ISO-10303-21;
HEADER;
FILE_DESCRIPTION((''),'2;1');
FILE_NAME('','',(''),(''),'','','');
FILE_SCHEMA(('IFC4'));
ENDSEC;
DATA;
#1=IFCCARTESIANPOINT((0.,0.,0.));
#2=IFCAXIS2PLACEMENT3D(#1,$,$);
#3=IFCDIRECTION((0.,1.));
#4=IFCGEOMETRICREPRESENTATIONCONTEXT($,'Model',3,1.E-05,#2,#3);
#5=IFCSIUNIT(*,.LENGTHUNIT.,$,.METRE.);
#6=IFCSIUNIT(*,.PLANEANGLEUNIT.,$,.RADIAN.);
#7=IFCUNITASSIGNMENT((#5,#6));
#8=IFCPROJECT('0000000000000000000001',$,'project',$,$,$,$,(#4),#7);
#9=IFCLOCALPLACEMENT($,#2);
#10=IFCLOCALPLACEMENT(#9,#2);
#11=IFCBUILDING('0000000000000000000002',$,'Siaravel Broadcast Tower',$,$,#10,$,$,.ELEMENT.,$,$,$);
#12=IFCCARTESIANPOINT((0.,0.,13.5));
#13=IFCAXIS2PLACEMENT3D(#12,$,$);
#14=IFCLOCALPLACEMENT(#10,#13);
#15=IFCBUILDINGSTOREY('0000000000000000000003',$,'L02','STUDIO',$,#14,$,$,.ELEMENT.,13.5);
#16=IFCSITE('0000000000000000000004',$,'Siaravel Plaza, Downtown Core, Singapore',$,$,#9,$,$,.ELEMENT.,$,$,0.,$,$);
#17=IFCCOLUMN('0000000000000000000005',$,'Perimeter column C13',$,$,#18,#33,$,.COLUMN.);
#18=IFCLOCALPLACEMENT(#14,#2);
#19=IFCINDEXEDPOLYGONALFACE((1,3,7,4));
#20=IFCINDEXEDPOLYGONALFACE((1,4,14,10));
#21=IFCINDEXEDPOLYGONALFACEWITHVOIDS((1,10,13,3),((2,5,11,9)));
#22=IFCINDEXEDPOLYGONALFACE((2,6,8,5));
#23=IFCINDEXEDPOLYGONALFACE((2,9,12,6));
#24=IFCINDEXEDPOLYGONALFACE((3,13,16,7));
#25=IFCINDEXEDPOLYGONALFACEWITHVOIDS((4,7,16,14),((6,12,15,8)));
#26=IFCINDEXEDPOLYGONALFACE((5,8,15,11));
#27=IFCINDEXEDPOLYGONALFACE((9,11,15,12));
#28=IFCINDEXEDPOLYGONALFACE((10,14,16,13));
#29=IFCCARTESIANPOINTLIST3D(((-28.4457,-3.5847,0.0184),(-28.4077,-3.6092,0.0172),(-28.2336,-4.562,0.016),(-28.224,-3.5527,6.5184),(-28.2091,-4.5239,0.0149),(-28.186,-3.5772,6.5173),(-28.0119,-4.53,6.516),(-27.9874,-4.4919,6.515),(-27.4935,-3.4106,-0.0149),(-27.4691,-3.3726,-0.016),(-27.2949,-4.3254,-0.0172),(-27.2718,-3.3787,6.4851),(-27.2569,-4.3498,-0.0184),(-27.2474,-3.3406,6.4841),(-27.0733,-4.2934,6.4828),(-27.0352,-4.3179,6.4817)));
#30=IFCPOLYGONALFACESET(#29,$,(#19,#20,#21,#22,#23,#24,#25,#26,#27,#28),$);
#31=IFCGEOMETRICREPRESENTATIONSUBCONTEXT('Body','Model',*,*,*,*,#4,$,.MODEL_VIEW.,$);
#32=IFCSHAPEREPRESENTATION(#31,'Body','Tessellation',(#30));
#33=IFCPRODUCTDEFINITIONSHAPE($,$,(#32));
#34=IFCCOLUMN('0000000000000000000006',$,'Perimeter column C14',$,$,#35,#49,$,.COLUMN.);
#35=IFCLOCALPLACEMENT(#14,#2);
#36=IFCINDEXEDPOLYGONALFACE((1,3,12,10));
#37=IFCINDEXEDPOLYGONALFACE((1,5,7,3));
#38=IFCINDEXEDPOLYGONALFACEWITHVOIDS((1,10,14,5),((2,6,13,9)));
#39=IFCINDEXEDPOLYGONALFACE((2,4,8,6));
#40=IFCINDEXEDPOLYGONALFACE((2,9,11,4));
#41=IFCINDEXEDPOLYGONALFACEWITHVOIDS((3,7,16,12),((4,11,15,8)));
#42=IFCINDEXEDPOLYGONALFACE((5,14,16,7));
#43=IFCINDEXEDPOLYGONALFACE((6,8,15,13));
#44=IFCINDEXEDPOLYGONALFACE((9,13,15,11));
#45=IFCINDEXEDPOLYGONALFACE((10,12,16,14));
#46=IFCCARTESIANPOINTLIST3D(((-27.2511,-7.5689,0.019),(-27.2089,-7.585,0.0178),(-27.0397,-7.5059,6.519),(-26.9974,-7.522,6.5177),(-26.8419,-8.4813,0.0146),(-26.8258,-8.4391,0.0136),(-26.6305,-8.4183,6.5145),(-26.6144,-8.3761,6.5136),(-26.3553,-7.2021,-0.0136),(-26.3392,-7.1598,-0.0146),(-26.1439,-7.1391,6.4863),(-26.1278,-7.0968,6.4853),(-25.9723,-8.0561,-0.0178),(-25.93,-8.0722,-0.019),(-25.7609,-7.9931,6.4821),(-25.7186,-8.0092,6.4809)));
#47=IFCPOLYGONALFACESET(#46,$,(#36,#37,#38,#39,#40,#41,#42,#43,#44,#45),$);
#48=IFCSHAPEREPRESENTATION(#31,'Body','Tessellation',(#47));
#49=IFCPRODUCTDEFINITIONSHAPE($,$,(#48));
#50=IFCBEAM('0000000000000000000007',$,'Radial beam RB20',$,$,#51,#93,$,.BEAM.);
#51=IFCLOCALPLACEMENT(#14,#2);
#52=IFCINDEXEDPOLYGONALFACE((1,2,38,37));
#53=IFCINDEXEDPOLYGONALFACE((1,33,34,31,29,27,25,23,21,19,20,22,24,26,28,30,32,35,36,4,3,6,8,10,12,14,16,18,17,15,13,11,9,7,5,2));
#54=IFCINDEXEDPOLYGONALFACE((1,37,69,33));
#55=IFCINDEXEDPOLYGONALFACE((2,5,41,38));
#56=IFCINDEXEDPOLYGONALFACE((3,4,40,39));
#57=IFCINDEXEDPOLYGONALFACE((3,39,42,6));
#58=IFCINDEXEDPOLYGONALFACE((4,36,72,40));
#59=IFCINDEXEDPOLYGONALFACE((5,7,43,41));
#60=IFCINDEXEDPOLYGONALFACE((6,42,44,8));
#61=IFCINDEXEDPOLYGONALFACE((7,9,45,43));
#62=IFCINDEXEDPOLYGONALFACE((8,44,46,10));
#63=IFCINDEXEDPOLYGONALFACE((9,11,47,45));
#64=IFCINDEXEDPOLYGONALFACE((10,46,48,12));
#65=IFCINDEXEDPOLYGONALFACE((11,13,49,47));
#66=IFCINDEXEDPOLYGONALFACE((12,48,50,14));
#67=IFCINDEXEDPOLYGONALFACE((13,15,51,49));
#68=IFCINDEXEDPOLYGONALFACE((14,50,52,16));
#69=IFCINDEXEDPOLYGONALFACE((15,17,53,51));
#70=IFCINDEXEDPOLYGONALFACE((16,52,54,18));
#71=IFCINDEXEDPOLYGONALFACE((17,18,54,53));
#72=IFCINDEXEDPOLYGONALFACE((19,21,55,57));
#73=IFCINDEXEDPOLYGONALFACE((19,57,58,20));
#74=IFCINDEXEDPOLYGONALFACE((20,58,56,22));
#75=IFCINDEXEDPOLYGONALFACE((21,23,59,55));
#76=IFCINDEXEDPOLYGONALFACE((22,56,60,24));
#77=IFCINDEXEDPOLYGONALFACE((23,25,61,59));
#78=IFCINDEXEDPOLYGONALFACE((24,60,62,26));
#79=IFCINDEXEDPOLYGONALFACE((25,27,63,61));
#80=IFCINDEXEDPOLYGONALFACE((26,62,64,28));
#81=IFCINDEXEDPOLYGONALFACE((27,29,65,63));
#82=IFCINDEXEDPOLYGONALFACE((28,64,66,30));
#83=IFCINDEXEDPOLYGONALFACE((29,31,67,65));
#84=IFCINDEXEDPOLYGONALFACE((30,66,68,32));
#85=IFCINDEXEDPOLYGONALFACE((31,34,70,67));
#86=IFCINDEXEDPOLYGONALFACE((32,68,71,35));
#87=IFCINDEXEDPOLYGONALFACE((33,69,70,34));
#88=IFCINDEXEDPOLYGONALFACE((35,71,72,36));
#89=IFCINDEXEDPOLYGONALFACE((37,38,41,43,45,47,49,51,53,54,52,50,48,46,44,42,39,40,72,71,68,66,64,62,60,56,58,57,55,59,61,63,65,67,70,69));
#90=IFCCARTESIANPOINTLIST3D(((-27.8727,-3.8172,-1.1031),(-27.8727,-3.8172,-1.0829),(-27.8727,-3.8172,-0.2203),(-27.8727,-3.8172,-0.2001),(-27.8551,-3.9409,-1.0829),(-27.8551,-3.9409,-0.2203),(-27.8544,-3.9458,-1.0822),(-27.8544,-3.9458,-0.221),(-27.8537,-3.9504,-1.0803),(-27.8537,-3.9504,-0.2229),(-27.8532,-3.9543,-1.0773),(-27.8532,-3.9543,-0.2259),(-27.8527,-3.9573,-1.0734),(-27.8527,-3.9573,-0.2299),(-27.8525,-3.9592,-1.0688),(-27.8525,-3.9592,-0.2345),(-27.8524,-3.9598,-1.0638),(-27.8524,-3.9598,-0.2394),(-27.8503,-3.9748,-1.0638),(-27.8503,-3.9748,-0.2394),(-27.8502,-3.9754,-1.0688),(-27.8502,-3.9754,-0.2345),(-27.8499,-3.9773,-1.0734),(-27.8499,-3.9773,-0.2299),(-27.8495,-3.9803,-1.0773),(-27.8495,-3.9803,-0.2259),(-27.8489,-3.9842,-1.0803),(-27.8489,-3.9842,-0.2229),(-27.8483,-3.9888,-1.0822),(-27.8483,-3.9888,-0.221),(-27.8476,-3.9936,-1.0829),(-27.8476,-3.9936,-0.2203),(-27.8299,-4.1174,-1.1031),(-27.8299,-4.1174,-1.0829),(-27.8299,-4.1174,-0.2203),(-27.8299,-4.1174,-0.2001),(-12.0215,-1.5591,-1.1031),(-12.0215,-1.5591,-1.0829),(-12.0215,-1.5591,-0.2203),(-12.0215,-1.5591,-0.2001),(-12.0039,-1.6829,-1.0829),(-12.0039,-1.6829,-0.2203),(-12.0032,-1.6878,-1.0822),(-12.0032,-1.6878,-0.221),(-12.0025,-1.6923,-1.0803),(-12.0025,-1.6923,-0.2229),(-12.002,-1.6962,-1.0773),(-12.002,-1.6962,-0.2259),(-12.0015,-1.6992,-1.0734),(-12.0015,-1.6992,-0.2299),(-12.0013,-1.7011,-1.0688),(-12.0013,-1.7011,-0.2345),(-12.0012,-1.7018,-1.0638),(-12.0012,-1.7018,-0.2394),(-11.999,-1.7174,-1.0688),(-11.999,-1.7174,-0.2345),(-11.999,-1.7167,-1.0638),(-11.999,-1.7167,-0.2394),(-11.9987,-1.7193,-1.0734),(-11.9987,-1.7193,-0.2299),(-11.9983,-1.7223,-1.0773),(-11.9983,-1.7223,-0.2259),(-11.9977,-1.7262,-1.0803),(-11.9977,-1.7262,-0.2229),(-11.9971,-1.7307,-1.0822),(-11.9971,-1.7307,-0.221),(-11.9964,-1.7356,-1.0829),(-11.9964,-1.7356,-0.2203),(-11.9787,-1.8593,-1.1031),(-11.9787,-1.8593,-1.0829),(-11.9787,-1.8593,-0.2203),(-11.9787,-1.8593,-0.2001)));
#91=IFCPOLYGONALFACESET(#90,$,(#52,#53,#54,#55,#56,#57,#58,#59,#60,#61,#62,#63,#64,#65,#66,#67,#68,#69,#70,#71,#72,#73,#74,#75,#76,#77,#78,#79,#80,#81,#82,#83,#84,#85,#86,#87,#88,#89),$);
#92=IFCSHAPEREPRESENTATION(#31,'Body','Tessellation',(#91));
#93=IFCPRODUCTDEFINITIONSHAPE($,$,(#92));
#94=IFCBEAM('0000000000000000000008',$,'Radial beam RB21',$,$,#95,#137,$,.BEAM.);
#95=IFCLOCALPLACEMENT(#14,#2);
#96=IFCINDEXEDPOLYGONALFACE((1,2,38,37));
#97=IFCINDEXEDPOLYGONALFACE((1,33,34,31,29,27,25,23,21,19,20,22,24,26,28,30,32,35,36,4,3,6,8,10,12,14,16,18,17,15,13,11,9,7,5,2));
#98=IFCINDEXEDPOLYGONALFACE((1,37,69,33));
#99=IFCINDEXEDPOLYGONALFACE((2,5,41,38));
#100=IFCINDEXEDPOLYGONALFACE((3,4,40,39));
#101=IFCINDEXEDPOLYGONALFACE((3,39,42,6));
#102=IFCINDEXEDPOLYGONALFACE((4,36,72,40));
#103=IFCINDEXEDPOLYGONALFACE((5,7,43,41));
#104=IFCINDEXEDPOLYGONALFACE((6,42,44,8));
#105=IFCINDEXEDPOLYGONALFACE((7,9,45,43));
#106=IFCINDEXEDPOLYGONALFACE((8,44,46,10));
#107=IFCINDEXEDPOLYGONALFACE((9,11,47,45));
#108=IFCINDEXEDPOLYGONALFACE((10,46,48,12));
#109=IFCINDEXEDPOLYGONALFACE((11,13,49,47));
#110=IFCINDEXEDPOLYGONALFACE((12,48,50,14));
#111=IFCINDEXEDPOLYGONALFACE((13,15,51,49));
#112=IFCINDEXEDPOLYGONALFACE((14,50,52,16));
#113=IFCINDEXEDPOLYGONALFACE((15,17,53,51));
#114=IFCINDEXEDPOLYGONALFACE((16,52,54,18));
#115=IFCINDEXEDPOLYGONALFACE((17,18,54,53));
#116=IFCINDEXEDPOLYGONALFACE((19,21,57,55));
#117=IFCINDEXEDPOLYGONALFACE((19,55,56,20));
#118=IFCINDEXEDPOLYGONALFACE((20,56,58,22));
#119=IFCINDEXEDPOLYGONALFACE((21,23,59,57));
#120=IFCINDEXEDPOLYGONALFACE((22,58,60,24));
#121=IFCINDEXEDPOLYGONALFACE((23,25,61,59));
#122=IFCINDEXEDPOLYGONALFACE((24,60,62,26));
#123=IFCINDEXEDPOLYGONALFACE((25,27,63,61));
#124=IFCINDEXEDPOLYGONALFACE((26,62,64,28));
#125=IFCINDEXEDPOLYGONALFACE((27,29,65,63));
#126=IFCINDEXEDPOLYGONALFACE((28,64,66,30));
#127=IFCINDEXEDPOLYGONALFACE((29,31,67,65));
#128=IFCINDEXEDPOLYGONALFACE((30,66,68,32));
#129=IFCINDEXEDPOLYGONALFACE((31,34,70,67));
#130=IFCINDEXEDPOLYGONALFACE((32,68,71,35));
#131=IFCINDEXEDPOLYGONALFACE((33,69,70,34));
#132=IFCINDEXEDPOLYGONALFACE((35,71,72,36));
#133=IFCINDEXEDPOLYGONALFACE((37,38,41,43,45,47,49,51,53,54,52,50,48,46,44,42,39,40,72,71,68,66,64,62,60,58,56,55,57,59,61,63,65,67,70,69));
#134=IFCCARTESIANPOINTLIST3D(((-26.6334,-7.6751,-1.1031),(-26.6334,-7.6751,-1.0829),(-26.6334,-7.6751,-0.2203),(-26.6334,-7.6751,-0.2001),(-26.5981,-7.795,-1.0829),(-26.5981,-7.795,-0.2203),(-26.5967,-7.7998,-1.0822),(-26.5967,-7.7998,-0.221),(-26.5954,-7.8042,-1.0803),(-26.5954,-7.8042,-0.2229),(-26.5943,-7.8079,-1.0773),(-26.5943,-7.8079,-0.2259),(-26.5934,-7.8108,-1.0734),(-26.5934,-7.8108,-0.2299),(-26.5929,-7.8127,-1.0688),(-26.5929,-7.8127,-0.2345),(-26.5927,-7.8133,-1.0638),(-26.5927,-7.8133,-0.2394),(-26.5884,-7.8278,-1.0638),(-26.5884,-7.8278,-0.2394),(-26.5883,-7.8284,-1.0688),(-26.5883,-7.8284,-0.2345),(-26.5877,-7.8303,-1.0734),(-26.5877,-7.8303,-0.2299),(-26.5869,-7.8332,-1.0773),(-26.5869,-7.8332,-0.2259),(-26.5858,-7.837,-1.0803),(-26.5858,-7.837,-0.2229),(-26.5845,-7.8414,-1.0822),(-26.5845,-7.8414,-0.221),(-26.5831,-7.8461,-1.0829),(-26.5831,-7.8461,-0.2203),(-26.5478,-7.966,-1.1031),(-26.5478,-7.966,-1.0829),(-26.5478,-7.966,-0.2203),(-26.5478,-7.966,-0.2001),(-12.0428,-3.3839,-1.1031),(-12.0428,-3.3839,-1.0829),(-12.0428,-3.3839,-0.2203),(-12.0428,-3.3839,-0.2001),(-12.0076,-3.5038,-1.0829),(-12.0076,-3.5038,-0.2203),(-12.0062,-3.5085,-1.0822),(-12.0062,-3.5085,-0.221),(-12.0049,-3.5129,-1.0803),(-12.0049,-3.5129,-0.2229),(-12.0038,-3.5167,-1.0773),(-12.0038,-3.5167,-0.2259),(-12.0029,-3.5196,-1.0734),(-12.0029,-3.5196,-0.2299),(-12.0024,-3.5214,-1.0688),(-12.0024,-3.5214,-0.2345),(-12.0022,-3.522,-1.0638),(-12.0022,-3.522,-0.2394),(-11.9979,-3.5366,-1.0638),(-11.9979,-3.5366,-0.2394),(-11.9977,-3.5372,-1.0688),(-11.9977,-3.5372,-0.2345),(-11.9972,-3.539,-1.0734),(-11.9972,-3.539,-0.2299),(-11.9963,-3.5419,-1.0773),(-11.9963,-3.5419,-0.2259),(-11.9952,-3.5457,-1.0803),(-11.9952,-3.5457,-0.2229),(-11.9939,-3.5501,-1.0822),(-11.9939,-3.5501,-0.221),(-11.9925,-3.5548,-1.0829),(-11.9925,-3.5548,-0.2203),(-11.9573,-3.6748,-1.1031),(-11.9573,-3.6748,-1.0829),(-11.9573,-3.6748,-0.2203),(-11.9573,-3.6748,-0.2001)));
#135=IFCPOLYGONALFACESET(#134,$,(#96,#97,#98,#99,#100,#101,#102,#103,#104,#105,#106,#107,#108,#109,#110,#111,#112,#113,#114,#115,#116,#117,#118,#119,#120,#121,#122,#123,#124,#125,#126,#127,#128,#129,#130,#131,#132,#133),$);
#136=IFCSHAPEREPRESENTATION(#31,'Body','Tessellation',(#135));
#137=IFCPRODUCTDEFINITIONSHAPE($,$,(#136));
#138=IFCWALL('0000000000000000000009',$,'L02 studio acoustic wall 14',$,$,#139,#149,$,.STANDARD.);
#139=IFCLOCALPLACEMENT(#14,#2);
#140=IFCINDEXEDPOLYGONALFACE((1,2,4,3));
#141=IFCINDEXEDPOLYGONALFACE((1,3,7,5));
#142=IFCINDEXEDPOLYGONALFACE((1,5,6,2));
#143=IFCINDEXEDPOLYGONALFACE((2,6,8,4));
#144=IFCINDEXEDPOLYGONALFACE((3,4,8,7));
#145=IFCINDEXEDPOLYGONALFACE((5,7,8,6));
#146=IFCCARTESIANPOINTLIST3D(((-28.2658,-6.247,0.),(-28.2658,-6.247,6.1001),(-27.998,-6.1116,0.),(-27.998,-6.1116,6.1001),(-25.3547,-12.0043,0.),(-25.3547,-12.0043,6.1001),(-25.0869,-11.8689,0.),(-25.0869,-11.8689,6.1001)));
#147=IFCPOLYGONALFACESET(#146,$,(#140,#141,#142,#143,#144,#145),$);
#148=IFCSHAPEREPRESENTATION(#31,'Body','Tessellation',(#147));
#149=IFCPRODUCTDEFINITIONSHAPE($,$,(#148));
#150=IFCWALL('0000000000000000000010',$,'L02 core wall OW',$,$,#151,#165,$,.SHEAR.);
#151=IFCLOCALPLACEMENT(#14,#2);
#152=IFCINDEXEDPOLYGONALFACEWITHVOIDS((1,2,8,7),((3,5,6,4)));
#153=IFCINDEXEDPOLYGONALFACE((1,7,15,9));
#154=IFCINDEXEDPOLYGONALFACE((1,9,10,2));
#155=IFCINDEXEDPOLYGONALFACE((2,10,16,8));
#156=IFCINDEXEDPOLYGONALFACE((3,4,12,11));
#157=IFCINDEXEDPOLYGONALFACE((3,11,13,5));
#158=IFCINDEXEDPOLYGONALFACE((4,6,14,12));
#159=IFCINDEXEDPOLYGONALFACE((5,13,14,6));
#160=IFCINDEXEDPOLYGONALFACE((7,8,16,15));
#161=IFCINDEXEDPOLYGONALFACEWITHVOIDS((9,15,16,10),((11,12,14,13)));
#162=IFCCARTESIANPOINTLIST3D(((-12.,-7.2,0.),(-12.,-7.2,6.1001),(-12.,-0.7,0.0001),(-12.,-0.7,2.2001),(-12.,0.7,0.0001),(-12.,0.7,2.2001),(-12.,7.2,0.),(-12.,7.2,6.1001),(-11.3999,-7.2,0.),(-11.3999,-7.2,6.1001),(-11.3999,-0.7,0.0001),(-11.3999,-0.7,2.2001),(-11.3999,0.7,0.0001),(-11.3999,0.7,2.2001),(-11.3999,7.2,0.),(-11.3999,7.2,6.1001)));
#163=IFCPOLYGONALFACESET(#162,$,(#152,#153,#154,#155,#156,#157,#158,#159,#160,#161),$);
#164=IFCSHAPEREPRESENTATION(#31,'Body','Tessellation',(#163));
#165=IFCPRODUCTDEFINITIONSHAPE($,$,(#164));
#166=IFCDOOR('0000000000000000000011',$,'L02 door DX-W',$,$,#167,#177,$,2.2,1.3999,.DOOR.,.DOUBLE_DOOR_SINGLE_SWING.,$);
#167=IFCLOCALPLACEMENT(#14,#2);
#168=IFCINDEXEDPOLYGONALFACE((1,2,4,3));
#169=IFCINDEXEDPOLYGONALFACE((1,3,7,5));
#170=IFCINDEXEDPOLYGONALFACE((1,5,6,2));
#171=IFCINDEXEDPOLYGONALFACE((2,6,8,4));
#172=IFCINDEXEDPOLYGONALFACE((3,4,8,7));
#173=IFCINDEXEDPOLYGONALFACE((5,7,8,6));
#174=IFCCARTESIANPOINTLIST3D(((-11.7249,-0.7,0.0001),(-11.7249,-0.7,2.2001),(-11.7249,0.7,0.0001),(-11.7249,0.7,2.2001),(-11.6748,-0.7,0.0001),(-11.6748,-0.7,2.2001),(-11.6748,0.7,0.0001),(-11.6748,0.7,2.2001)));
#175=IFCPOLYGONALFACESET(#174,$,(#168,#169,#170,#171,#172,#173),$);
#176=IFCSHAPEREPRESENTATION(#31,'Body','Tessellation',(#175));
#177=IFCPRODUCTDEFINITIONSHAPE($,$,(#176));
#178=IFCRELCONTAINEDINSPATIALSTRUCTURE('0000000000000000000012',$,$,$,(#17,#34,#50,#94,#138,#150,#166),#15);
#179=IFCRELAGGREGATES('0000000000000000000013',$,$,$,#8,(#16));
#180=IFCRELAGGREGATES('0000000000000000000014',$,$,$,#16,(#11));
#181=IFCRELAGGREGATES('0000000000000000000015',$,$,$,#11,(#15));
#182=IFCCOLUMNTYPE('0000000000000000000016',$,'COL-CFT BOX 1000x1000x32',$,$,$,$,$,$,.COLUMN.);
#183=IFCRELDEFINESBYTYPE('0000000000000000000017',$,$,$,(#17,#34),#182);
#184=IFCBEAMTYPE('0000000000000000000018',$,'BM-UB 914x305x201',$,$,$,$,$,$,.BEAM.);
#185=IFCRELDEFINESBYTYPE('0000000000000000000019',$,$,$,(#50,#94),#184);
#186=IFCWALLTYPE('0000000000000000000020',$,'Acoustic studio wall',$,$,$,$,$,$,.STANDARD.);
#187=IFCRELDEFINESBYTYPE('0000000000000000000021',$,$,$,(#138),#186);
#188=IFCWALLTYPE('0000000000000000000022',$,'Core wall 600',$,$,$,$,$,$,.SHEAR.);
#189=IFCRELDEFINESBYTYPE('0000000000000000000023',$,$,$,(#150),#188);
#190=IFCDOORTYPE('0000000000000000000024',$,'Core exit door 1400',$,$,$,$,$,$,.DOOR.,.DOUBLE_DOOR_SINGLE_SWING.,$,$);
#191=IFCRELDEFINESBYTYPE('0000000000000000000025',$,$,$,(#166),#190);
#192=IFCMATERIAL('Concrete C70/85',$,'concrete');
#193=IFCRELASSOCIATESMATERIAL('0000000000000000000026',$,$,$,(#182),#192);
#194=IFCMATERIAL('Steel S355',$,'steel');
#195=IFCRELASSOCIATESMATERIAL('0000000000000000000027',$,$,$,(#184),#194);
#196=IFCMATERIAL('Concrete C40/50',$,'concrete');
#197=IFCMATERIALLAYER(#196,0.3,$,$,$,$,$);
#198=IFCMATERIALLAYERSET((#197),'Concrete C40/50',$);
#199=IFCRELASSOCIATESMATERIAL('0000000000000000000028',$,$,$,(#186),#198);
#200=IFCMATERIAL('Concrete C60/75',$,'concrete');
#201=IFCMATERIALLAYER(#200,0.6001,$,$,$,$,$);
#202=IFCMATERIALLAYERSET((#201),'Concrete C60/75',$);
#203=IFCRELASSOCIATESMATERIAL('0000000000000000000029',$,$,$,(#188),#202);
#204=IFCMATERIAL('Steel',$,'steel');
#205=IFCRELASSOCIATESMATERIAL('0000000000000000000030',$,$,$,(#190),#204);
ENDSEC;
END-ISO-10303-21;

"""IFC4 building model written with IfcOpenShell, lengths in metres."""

from ifc_helpers import new_model, si_unit, direction, frame, frame_2d, origin, origin_2d, place, context, subcontext, project, spatial, rectangle, hollow_rectangle, i_section, extrude, material, layer, layer_set, material_profile, profile_set, type_object, element, fill, save


model = new_model("IFC4")

# Units and contexts
model_context = context("Model", 3, precision=1e-05, world=origin(), true_north=direction((0.0, 1.0)))
body_context = subcontext(model_context, "Body", "Model", "MODEL_VIEW")
ifc_project = project(units=[si_unit("LENGTHUNIT", "METRE"), si_unit("PLANEANGLEUNIT", "RADIAN")], contexts=[model_context])

# Site, building, storey
site_placement = place(None, origin())
site = spatial("IfcSite", under=ifc_project, at=site_placement, Name="Siaravel Plaza, Downtown Core, Singapore", CompositionType="ELEMENT", RefElevation=0.0)
building_placement = place(site_placement, origin())
building = spatial("IfcBuilding", under=site, at=building_placement, Name="Siaravel Broadcast Tower", CompositionType="ELEMENT")
storey_placement = place(building_placement, frame((0.0, 0.0, 13.5)))
storey = spatial("IfcBuildingStorey", under=building, at=storey_placement, Name="L02", Description="STUDIO", CompositionType="ELEMENT", Elevation=13.5)

# Columns
ifc_material_1 = material(Name="Concrete C70/85", Category="concrete")
ifc_material_profile_1 = material_profile(ifc_material_1, hollow_rectangle(XDim=1.0, YDim=1.0, WallThickness=0.032, at=origin_2d()))
ifc_profile_set_1 = profile_set([ifc_material_profile_1], Name="Concrete C70/85")
column_type = type_object("IfcColumnType", Name="COL-CFT BOX 1000x1000x32", PredefinedType="COLUMN", material=ifc_profile_set_1)
column_1_placement = place(storey_placement, frame((-27.8513, -3.9673, 0.0), z_axis=(0.034084, 0.004917, 0.999407), x_axis=(-0.212163, 0.977231, 0.002427)))
element("IfcColumn", 1, at=column_1_placement, inside=storey, type_object=column_type, Name="Perimeter column C13", PredefinedType="COLUMN", context=body_context, shape_type="SweptSolid", body=[
    extrude(hollow_rectangle(XDim=1.0, YDim=1.0, WallThickness=0.032, at=origin_2d()), origin(), (0.0, 0.0, 1.0), 6.5039),
])
column_2_placement = place(storey_placement, frame((-26.5906, -7.8206, 0.0), z_axis=(0.032508, 0.009685, 0.999425), x_axis=(-0.409196, 0.912435, 0.004468)))
element("IfcColumn", 2, at=column_2_placement, inside=storey, type_object=column_type, Name="Perimeter column C14", PredefinedType="COLUMN", context=body_context, shape_type="SweptSolid", body=[
    extrude(hollow_rectangle(XDim=1.0, YDim=1.0, WallThickness=0.032, at=origin_2d()), origin(), (0.0, 0.0, 1.0), 6.5037),
])

# Beams
ifc_material_2 = material(Name="Steel S355", Category="steel")
ifc_material_profile_2 = material_profile(ifc_material_2, i_section(OverallWidth=0.3032, OverallDepth=0.9031, WebThickness=0.0151, FlangeThickness=0.0203, FilletRadius=0.019, at=origin_2d()))
ifc_profile_set_2 = profile_set([ifc_material_profile_2], Name="Steel S355")
beam_type = type_object("IfcBeamType", Name="BM-UB 914x305x201", PredefinedType="BEAM", material=ifc_profile_set_2)
beam_1_placement = place(storey_placement, frame((-27.8513, -3.9673, -0.6516), z_axis=(0.990006, 0.141029, 0.0), x_axis=(-0.141029, 0.990006, 0.0)))
element("IfcBeam", 3, at=beam_1_placement, inside=storey, type_object=beam_type, Name="Radial beam RB20", PredefinedType="BEAM", context=body_context, shape_type="SweptSolid", body=[
    extrude(i_section(OverallWidth=0.3032, OverallDepth=0.9031, WebThickness=0.0151, FlangeThickness=0.0203, FilletRadius=0.019, at=origin_2d()), origin(), (0.0, 0.0, 1.0), 16.0112),
])
beam_2_placement = place(storey_placement, frame((-26.5906, -7.8206, -0.6516), z_axis=(0.959367, 0.282161, 0.0), x_axis=(-0.282161, 0.959367, 0.0)))
element("IfcBeam", 4, at=beam_2_placement, inside=storey, type_object=beam_type, Name="Radial beam RB21", PredefinedType="BEAM", context=body_context, shape_type="SweptSolid", body=[
    extrude(i_section(OverallWidth=0.3032, OverallDepth=0.9031, WebThickness=0.0151, FlangeThickness=0.0203, FilletRadius=0.019, at=origin_2d()), origin(), (0.0, 0.0, 1.0), 15.2085),
])

# Wall
ifc_material_3 = material(Name="Concrete C40/50", Category="concrete")
ifc_layer_1 = layer(ifc_material_3, 0.3)
ifc_layer_set_1 = layer_set([ifc_layer_1], Name="Concrete C40/50")
wall_type_1 = type_object("IfcWallType", Name="Acoustic studio wall", PredefinedType="STANDARD", material=ifc_layer_set_1)
wall_1_placement = place(storey_placement, frame((-28.1318, -6.1794, 0.0), z_axis=(0.0, 0.0, 1.0), x_axis=(0.451236, -0.892405, 0.0)))
element("IfcWall", 5, at=wall_1_placement, inside=storey, type_object=wall_type_1, Name="L02 studio acoustic wall 14", PredefinedType="STANDARD", context=body_context, shape_type="SweptSolid", body=[
    extrude(rectangle(XDim=6.4514, YDim=0.3, at=frame_2d((3.2256, 0.0))), origin(), (0.0, 0.0, 1.0), 6.1001),
])

# Wall, opening, door
ifc_material_4 = material(Name="Concrete C60/75", Category="concrete")
ifc_layer_2 = layer(ifc_material_4, 0.6001)
ifc_layer_set_2 = layer_set([ifc_layer_2], Name="Concrete C60/75")
wall_type_2 = type_object("IfcWallType", Name="Core wall 600", PredefinedType="SHEAR", material=ifc_layer_set_2)
wall_2_placement = place(storey_placement, frame((-11.7, -7.2, 0.0), z_axis=(0.0, 0.0, 1.0), x_axis=(0.0, 1.0, 0.0)))
wall_2 = element("IfcWall", 6, at=wall_2_placement, inside=storey, type_object=wall_type_2, Name="L02 core wall OW", PredefinedType="SHEAR", context=body_context, shape_type="SweptSolid", body=[
    extrude(rectangle(XDim=14.3999, YDim=0.6001, at=frame_2d((7.2, 0.0))), origin(), (0.0, 0.0, 1.0), 6.1001),
])
opening_1_placement = place(wall_2_placement, frame((6.5, 0.0, 0.0)))
opening_1 = element("IfcOpeningElement", 7, at=opening_1_placement, cuts=wall_2, PredefinedType="OPENING", context=body_context, shape_type="SweptSolid", body=[
    extrude(rectangle(XDim=1.3999, YDim=2.2, at=frame_2d((0.7, 1.1001))), frame((0.0, 0.3101, 0.0), z_axis=(0.0, -1.0, 0.0), x_axis=(1.0, 0.0, 0.0)), (0.0, 0.0, 1.0), 0.6201),
])
ifc_material_5 = material(Name="Steel", Category="steel")
door_type_1 = type_object("IfcDoorType", Name="Core exit door 1400", OperationType="DOUBLE_DOOR_SINGLE_SWING", PredefinedType="DOOR", material=ifc_material_5)
door_1_placement = place(opening_1_placement, origin())
door_1 = element("IfcDoor", 8, at=door_1_placement, inside=storey, type_object=door_type_1, Name="L02 door DX-W", OperationType="DOUBLE_DOOR_SINGLE_SWING", OverallHeight=2.2, OverallWidth=1.3999, PredefinedType="DOOR", context=body_context, shape_type="SweptSolid", body=[
    extrude(rectangle(XDim=1.3999, YDim=2.2, at=frame_2d((0.7, 1.1001))), frame((0.0, 0.0249, 0.0), z_axis=(0.0, -1.0, 0.0), x_axis=(1.0, 0.0, 0.0)), (0.0, 0.0, 1.0), 0.05),
])
fill(opening_1, door_1)

save(model, "model.ifc")
